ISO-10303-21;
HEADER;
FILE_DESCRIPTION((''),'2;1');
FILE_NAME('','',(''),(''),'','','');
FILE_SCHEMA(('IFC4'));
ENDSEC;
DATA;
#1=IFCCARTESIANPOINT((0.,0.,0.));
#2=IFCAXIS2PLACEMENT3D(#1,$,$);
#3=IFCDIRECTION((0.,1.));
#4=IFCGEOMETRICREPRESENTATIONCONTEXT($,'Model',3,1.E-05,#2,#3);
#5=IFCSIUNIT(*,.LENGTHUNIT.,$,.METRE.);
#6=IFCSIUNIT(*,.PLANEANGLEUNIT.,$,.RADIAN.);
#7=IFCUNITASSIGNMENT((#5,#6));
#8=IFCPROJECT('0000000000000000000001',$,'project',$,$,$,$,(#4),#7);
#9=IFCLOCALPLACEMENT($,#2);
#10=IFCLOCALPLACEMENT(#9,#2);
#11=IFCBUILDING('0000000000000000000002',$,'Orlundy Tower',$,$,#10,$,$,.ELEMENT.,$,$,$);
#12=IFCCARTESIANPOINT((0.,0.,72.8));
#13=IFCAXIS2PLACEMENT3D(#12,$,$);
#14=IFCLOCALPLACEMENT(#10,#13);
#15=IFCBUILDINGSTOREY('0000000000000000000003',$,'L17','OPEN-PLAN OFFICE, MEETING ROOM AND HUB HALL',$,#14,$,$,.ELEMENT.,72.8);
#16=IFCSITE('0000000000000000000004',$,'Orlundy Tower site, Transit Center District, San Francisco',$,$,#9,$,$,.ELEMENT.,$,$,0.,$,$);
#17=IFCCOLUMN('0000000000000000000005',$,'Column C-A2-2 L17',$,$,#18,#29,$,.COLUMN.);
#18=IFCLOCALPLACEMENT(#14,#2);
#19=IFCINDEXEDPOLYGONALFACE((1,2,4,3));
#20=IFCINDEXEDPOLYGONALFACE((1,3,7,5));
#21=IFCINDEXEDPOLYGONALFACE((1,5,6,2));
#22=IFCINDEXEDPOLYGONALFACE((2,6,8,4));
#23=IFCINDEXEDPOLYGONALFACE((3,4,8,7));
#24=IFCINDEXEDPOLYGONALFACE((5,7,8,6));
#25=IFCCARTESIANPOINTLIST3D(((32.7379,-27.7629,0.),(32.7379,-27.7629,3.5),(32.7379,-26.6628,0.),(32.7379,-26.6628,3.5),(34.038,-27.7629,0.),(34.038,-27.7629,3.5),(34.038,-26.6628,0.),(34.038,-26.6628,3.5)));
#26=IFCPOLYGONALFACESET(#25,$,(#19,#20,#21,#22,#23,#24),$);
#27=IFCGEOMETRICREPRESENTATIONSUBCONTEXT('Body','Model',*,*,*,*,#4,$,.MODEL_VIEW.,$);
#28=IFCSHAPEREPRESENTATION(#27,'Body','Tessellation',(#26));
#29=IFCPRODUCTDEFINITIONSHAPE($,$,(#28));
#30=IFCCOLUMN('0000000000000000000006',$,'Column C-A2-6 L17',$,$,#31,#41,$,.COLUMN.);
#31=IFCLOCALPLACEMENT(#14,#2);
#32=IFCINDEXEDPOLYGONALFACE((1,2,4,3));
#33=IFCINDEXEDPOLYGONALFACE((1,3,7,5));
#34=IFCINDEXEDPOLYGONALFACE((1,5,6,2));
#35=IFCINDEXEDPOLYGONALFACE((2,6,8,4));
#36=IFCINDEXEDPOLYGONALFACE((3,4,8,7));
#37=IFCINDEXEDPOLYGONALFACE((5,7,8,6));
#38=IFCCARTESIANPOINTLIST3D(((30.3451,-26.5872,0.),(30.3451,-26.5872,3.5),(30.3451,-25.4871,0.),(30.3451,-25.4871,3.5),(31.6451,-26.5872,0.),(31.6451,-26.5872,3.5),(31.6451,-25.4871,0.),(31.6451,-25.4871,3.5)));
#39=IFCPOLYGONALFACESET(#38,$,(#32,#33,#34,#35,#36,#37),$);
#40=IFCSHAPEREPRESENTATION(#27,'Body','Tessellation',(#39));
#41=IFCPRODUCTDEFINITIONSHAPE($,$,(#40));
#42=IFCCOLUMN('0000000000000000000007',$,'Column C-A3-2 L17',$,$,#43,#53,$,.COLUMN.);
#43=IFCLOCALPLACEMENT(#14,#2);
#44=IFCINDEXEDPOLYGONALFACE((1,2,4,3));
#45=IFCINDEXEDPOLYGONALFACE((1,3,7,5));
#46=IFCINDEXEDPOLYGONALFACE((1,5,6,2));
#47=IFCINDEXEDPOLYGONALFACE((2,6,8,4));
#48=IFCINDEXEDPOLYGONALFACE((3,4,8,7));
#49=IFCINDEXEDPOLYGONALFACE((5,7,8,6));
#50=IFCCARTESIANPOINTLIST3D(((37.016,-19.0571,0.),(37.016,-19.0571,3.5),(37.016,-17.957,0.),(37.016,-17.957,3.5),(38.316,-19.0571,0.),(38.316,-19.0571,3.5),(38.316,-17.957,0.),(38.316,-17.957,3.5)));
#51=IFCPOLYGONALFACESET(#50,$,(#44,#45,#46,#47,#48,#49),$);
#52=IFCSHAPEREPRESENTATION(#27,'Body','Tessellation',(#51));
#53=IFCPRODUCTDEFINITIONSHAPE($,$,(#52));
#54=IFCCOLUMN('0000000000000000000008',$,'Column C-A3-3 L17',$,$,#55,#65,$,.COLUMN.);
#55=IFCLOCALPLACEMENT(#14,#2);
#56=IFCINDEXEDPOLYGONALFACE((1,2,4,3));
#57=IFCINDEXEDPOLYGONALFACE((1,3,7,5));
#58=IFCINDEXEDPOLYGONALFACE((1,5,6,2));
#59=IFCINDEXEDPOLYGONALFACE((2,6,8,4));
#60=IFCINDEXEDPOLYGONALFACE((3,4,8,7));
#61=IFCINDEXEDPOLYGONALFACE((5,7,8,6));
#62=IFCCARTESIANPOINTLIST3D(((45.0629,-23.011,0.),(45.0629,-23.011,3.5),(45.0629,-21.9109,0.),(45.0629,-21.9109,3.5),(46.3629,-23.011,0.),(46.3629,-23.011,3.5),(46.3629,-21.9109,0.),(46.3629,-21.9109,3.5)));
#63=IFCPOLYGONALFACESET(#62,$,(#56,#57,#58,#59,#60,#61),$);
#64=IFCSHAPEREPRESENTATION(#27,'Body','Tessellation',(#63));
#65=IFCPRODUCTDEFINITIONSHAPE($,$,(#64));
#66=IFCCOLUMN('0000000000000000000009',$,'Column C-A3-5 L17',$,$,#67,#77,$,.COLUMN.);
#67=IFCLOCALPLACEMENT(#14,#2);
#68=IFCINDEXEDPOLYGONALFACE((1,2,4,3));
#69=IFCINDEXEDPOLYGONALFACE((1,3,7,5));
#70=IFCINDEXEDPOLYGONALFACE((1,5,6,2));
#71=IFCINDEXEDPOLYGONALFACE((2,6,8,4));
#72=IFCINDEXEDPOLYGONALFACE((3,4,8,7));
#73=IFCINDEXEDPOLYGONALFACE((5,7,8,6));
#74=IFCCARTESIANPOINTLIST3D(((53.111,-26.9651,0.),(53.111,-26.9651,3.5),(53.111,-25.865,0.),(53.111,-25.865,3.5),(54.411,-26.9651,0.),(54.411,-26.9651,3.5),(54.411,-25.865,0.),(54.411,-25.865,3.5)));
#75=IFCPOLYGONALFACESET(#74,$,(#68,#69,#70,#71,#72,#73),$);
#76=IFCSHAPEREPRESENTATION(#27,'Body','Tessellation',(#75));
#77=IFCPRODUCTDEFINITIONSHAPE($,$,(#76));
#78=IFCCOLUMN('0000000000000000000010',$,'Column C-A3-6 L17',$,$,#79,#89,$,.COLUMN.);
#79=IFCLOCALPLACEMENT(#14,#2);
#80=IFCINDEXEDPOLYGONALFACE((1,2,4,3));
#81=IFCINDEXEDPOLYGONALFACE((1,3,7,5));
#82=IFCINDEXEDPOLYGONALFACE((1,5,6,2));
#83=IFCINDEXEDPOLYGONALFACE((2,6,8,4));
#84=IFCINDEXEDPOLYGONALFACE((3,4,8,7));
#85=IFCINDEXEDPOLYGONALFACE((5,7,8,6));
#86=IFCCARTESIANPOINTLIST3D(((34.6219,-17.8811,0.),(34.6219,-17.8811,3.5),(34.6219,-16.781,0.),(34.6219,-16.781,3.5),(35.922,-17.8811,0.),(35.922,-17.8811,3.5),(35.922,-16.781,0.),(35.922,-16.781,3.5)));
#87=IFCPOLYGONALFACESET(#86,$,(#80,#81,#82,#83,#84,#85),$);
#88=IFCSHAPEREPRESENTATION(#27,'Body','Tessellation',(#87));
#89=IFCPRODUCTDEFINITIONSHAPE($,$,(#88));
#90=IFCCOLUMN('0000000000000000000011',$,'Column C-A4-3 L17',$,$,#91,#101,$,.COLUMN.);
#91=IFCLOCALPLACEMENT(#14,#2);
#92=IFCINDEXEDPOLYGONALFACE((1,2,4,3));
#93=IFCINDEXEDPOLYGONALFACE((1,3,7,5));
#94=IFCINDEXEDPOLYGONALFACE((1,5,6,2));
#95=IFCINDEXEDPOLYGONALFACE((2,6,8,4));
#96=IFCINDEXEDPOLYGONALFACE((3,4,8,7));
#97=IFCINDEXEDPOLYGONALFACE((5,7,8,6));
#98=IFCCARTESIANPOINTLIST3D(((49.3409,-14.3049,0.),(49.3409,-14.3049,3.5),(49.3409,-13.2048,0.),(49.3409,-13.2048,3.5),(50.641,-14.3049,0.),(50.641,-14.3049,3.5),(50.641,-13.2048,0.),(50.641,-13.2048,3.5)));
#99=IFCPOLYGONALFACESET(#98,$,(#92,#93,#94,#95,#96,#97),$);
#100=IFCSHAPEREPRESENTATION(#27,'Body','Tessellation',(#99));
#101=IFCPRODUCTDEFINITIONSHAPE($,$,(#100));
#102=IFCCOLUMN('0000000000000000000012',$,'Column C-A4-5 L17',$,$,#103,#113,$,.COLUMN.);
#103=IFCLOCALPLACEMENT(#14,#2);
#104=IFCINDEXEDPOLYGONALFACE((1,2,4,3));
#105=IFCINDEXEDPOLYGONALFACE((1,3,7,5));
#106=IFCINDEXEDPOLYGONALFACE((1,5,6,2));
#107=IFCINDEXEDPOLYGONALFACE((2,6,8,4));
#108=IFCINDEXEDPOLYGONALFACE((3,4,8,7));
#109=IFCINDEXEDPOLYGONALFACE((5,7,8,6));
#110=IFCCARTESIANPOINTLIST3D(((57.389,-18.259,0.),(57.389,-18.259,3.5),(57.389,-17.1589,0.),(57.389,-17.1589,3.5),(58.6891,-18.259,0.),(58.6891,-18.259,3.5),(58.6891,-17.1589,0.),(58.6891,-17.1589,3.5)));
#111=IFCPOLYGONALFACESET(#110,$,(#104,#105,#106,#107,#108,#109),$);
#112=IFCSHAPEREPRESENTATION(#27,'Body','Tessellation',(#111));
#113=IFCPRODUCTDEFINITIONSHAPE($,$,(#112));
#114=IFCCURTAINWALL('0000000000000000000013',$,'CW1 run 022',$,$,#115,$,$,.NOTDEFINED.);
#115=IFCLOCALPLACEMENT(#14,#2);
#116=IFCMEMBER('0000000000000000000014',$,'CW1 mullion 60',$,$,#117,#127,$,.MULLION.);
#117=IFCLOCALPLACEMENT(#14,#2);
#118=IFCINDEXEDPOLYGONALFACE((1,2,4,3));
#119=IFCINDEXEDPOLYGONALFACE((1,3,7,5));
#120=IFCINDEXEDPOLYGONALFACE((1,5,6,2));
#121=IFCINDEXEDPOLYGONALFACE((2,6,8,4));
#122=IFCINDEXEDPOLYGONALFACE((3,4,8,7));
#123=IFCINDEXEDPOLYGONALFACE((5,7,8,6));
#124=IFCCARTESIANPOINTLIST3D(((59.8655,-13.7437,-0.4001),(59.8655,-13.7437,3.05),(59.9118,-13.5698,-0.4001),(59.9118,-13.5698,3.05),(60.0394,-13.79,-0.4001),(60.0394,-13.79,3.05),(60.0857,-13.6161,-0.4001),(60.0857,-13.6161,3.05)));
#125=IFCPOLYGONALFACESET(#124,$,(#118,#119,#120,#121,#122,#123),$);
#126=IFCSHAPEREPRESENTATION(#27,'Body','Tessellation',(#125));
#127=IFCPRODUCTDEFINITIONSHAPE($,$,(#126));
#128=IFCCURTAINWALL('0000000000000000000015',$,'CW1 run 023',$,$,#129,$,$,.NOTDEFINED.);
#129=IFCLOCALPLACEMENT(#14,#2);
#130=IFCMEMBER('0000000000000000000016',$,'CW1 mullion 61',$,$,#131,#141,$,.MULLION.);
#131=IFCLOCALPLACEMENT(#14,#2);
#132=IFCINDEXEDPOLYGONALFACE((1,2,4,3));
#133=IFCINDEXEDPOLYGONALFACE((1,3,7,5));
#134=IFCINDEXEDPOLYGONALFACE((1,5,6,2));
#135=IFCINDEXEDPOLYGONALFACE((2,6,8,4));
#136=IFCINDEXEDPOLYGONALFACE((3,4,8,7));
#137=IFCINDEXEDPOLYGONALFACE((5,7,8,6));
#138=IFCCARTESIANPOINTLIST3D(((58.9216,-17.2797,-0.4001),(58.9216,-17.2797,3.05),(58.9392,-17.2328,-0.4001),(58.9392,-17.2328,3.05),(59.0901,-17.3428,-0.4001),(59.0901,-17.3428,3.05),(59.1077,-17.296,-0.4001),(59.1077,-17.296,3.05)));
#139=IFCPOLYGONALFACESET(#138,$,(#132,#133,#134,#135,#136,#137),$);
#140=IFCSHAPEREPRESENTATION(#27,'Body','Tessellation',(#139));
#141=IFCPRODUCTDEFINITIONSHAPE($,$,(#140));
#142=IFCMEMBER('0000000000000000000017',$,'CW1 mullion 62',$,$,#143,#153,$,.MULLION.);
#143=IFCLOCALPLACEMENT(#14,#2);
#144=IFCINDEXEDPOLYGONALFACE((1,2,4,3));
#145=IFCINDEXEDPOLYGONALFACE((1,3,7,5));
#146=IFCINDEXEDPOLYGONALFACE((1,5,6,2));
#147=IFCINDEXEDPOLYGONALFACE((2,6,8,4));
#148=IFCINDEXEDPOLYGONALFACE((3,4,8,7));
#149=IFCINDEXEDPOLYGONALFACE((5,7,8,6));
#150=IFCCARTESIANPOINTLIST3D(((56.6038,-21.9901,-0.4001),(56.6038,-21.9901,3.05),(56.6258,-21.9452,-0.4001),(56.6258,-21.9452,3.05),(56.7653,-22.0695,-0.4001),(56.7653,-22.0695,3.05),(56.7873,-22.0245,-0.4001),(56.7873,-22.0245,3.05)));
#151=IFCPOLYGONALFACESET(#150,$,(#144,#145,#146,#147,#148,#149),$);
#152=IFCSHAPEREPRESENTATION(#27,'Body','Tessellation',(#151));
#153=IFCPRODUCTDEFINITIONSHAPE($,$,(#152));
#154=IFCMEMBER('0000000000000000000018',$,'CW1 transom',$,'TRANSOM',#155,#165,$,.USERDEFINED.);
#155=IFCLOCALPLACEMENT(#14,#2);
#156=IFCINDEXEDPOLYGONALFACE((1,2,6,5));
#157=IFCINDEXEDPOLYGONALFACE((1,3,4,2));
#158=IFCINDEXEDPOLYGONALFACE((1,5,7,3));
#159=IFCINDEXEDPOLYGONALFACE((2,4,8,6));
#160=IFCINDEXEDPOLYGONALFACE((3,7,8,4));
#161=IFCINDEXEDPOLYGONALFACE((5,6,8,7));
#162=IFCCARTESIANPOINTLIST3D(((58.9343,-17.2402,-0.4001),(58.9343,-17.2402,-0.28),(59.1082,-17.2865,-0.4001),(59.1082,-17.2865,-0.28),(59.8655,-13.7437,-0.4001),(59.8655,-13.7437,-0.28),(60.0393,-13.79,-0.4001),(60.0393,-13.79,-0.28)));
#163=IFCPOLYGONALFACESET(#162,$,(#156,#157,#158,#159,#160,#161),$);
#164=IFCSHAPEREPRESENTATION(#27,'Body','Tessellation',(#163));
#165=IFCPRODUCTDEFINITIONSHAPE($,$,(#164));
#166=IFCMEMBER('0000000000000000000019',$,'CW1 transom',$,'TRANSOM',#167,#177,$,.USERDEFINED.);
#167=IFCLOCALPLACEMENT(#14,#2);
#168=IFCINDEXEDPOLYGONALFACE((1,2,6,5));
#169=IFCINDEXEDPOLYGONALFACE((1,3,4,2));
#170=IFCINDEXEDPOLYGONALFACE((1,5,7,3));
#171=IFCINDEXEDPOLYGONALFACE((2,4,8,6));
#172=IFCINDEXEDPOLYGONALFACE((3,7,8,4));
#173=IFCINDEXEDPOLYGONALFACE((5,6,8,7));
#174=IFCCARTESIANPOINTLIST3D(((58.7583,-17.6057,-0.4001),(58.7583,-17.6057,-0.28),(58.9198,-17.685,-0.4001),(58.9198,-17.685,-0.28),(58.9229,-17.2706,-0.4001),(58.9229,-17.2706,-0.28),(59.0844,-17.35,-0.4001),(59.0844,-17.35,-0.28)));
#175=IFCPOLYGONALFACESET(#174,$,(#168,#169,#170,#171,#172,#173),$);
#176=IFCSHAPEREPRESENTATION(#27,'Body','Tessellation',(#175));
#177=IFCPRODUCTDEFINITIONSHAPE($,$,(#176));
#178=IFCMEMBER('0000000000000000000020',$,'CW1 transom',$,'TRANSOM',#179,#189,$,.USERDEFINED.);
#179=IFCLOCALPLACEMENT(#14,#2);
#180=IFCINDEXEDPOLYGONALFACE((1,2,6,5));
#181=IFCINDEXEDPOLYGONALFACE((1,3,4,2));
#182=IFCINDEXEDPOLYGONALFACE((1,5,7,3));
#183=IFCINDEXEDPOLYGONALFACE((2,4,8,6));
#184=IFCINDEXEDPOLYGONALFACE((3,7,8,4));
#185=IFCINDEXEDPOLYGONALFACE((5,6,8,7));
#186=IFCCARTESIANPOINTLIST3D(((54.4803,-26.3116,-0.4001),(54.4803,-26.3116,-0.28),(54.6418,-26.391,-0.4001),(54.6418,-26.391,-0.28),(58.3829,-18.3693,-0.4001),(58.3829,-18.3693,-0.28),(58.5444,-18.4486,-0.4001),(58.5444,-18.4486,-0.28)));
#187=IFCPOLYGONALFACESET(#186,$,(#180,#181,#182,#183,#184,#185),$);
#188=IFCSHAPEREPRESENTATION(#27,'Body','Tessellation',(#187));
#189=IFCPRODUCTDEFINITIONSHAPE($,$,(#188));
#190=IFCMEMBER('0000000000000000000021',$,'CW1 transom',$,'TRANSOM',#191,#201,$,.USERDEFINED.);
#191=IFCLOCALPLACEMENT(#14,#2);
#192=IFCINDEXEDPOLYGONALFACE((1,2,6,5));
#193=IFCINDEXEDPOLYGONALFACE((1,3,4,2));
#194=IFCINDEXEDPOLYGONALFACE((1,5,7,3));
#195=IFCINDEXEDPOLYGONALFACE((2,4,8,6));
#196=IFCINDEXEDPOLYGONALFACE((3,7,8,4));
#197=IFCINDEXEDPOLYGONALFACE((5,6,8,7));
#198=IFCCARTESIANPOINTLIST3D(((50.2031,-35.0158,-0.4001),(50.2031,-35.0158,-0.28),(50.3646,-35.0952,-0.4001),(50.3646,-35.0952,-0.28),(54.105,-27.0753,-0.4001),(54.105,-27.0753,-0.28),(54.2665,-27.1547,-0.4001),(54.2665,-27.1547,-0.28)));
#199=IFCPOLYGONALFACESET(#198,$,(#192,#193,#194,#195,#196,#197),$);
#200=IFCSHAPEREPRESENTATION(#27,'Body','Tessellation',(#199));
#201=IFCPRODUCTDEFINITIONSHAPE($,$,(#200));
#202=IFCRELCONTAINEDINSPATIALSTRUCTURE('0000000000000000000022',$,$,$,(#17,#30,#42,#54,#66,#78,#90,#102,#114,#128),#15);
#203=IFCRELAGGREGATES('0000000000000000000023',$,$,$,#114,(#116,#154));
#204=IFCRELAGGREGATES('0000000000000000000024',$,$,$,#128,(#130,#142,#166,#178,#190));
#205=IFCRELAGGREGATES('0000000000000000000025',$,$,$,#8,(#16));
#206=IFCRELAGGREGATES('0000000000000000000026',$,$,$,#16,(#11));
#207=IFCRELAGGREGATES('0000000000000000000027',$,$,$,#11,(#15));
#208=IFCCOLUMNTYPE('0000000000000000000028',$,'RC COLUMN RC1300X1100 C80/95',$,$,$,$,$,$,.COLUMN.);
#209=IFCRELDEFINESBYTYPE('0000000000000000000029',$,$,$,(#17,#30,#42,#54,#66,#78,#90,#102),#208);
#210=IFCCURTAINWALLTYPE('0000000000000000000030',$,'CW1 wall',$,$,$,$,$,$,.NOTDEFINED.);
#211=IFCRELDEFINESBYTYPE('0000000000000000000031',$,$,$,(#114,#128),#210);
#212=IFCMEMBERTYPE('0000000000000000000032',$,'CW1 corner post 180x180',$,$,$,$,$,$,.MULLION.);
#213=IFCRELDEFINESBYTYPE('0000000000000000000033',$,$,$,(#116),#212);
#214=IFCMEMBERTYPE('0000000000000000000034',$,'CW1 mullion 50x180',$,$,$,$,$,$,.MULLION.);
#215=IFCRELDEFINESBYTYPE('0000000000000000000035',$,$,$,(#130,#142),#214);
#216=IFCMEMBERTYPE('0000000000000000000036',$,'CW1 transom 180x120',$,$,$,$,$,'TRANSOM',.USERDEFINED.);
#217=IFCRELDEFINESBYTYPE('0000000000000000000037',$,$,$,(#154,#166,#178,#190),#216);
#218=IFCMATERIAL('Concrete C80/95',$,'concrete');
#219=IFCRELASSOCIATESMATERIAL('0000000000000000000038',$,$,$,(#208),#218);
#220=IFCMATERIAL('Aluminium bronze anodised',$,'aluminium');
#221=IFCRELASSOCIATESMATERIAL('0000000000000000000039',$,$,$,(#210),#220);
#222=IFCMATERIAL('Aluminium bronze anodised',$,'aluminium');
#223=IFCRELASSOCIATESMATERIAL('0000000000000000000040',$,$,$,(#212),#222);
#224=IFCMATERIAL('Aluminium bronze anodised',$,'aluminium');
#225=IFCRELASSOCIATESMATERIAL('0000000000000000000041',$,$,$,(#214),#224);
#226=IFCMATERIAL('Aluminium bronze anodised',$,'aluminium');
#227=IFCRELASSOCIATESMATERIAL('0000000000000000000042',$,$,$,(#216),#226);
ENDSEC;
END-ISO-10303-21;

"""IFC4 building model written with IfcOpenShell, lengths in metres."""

from ifc_helpers import new_model, si_unit, direction, frame, origin, origin_2d, place, context, subcontext, project, spatial, rectangle, extrude, material, material_profile, profile_set, type_object, element, aggregate, save


model = new_model("IFC4")

# Units and contexts
model_context = context("Model", 3, precision=1e-05, world=origin(), true_north=direction((0.0, 1.0)))
body_context = subcontext(model_context, "Body", "Model", "MODEL_VIEW")
ifc_project = project(units=[si_unit("LENGTHUNIT", "METRE"), si_unit("PLANEANGLEUNIT", "RADIAN")], contexts=[model_context])

# Site, building, storey
site_placement = place(None, origin())
site = spatial("IfcSite", under=ifc_project, at=site_placement, Name="Orlundy Tower site, Transit Center District, San Francisco", CompositionType="ELEMENT", RefElevation=0.0)
building_placement = place(site_placement, origin())
building = spatial("IfcBuilding", under=site, at=building_placement, Name="Orlundy Tower", CompositionType="ELEMENT")
storey_placement = place(building_placement, frame((0.0, 0.0, 72.8)))
storey = spatial("IfcBuildingStorey", under=building, at=storey_placement, Name="L17", Description="OPEN-PLAN OFFICE, MEETING ROOM AND HUB HALL", CompositionType="ELEMENT", Elevation=72.8)

# Columns
ifc_material_1 = material(Name="Concrete C80/95", Category="concrete")
ifc_material_profile_1 = material_profile(ifc_material_1, rectangle(XDim=1.3, YDim=1.1001, at=origin_2d()), Name="RC1300X1100")
ifc_profile_set_1 = profile_set([ifc_material_profile_1], Name="Concrete C80/95")
column_type = type_object("IfcColumnType", Name="RC COLUMN RC1300X1100 C80/95", PredefinedType="COLUMN", material=ifc_profile_set_1)
for number, where, z_axis, x_axis, name in (
    (1, (33.3879, -27.2129, 0.0), (0.0, 0.0, 1.0), (1.0, 0.0, 0.0), "Column C-A2-2 L17"),
    (2, (30.9951, -26.0371, 0.0), (0.0, 0.0, 1.0), (1.0, 0.0, 0.0), "Column C-A2-6 L17"),
    (3, (37.666, -18.5071, 0.0), (0.0, 0.0, 1.0), (1.0, 0.0, 0.0), "Column C-A3-2 L17"),
    (4, (45.7129, -22.4609, 0.0), (0.0, 0.0, 1.0), (1.0, 0.0, 0.0), "Column C-A3-3 L17"),
    (5, (53.761, -26.415, 0.0), (0.0, 0.0, 1.0), (1.0, 0.0, 0.0), "Column C-A3-5 L17"),
    (6, (35.272, -17.3311, 0.0), (0.0, 0.0, 1.0), (1.0, 0.0, 0.0), "Column C-A3-6 L17"),
    (7, (49.991, -13.7549, 0.0), (0.0, 0.0, 1.0), (1.0, 0.0, 0.0), "Column C-A4-3 L17"),
    (8, (58.0391, -17.709, 0.0), (0.0, 0.0, 1.0), (1.0, 0.0, 0.0), "Column C-A4-5 L17"),
):
    element("IfcColumn", number, at=place(storey_placement, frame(where, z_axis=z_axis, x_axis=x_axis)), inside=storey, type_object=column_type, Name=name, PredefinedType="COLUMN", context=body_context, shape_type="SweptSolid", body=[
        extrude(rectangle(XDim=1.3, YDim=1.1001, at=origin_2d()), origin(), (0.0, 0.0, 1.0), 3.5),
    ])

# Curtain wall, member
ifc_material_2 = material(Name="Aluminium bronze anodised", Category="aluminium")
curtain_wall_type = type_object("IfcCurtainWallType", Name="CW1 wall", PredefinedType="NOTDEFINED", material=ifc_material_2)
curtain_wall_1_placement = place(storey_placement, origin())
curtain_wall_1 = element("IfcCurtainWall", 9, at=curtain_wall_1_placement, inside=storey, type_object=curtain_wall_type, Name="CW1 run 022", PredefinedType="NOTDEFINED")
ifc_material_3 = material(Name="Aluminium bronze anodised", Category="aluminium")
ifc_material_profile_2 = material_profile(ifc_material_3, rectangle(XDim=0.1799, YDim=0.1799, at=origin_2d()), Name="CW1 corner post 180x180")
ifc_profile_set_2 = profile_set([ifc_material_profile_2], Name="Aluminium bronze anodised")
member_type_1 = type_object("IfcMemberType", Name="CW1 corner post 180x180", PredefinedType="MULLION", material=ifc_profile_set_2)
member_1_placement = place(storey_placement, frame((59.9756, -13.6799, -0.4001), z_axis=(0.0, 0.0, 1.0), x_axis=(0.966315, -0.25736, 0.0)))
member_1 = element("IfcMember", 10, at=member_1_placement, type_object=member_type_1, Name="CW1 mullion 60", PredefinedType="MULLION", context=body_context, shape_type="SweptSolid", body=[
    extrude(rectangle(XDim=0.1799, YDim=0.1799, at=origin_2d()), origin(), (0.0, 0.0, 1.0), 3.4502),
])

# Curtain wall, members
curtain_wall_2_placement = place(storey_placement, origin())
curtain_wall_2 = element("IfcCurtainWall", 11, at=curtain_wall_2_placement, inside=storey, type_object=curtain_wall_type, Name="CW1 run 023", PredefinedType="NOTDEFINED")
ifc_material_4 = material(Name="Aluminium bronze anodised", Category="aluminium")
ifc_material_profile_3 = material_profile(ifc_material_4, rectangle(XDim=0.1799, YDim=0.05, at=origin_2d()), Name="CW1 mullion 50x180")
ifc_profile_set_3 = profile_set([ifc_material_profile_3], Name="Aluminium bronze anodised")
member_type_2 = type_object("IfcMemberType", Name="CW1 mullion 50x180", PredefinedType="MULLION", material=ifc_profile_set_3)
member_2_placement = place(storey_placement, frame((59.0146, -17.2878, -0.4001), z_axis=(0.0, 0.0, 1.0), x_axis=(0.936421, -0.350877, 0.0)))
member_2 = element("IfcMember", 12, at=member_2_placement, type_object=member_type_2, Name="CW1 mullion 61", PredefinedType="MULLION", context=body_context, shape_type="SweptSolid", body=[
    extrude(rectangle(XDim=0.1799, YDim=0.05, at=origin_2d()), origin(), (0.0, 0.0, 1.0), 3.4502),
])
member_3_placement = place(storey_placement, frame((56.6956, -22.0073, -0.4001), z_axis=(0.0, 0.0, 1.0), x_axis=(0.897501, -0.441012, 0.0)))
member_3 = element("IfcMember", 13, at=member_3_placement, type_object=member_type_2, Name="CW1 mullion 62", PredefinedType="MULLION", context=body_context, shape_type="SweptSolid", body=[
    extrude(rectangle(XDim=0.1799, YDim=0.05, at=origin_2d()), origin(), (0.0, 0.0, 1.0), 3.4502),
])

# Members
ifc_material_5 = material(Name="Aluminium bronze anodised", Category="aluminium")
ifc_material_profile_4 = material_profile(ifc_material_5, rectangle(XDim=0.1799, YDim=0.1201, at=origin_2d()), Name="CW1 transom 180x120")
ifc_profile_set_4 = profile_set([ifc_material_profile_4], Name="Aluminium bronze anodised")
member_type_3 = type_object("IfcMemberType", Name="CW1 transom 180x120", ElementType="TRANSOM", PredefinedType="USERDEFINED", material=ifc_profile_set_4)
member_4_placement = place(storey_placement, frame((59.9524, -13.7668, -0.3401), z_axis=(-0.257335, -0.966322, 0.0), x_axis=(0.966322, -0.257335, 0.0)))
member_4 = element("IfcMember", 14, at=member_4_placement, type_object=member_type_3, Name="CW1 transom", ObjectType="TRANSOM", PredefinedType="USERDEFINED", context=body_context, shape_type="SweptSolid", body=[
    extrude(rectangle(XDim=0.1799, YDim=0.1201, at=origin_2d()), origin(), (0.0, 0.0, 1.0), 3.6184),
])
member_5_placement = place(storey_placement, frame((59.0037, -17.3103, -0.3401), z_axis=(-0.440922, -0.897545, 0.0), x_axis=(0.897545, -0.440922, 0.0)))
member_5 = element("IfcMember", 15, at=member_5_placement, type_object=member_type_3, Name="CW1 transom", ObjectType="TRANSOM", PredefinedType="USERDEFINED", context=body_context, shape_type="SweptSolid", body=[
    extrude(rectangle(XDim=0.1799, YDim=0.1201, at=origin_2d()), origin(), (0.0, 0.0, 1.0), 0.3733),
])
member_6_placement = place(storey_placement, frame((58.4636, -18.4089, -0.3401), z_axis=(-0.441001, -0.897507, 0.0), x_axis=(0.897507, -0.441001, 0.0)))
member_6 = element("IfcMember", 16, at=member_6_placement, type_object=member_type_3, Name="CW1 transom", ObjectType="TRANSOM", PredefinedType="USERDEFINED", context=body_context, shape_type="SweptSolid", body=[
    extrude(rectangle(XDim=0.1799, YDim=0.1201, at=origin_2d()), origin(), (0.0, 0.0, 1.0), 8.8494),
])
member_7_placement = place(storey_placement, frame((54.1858, -27.115, -0.3401), z_axis=(-0.441022, -0.897496, 0.0), x_axis=(0.897496, -0.441022, 0.0)))
member_7 = element("IfcMember", 17, at=member_7_placement, type_object=member_type_3, Name="CW1 transom", ObjectType="TRANSOM", PredefinedType="USERDEFINED", context=body_context, shape_type="SweptSolid", body=[
    extrude(rectangle(XDim=0.1799, YDim=0.1201, at=origin_2d()), origin(), (0.0, 0.0, 1.0), 8.8474),
])

aggregate(curtain_wall_1, [member_1, member_4])
aggregate(curtain_wall_2, [member_2, member_3, member_5, member_6, member_7])

save(model, "model.ifc")
